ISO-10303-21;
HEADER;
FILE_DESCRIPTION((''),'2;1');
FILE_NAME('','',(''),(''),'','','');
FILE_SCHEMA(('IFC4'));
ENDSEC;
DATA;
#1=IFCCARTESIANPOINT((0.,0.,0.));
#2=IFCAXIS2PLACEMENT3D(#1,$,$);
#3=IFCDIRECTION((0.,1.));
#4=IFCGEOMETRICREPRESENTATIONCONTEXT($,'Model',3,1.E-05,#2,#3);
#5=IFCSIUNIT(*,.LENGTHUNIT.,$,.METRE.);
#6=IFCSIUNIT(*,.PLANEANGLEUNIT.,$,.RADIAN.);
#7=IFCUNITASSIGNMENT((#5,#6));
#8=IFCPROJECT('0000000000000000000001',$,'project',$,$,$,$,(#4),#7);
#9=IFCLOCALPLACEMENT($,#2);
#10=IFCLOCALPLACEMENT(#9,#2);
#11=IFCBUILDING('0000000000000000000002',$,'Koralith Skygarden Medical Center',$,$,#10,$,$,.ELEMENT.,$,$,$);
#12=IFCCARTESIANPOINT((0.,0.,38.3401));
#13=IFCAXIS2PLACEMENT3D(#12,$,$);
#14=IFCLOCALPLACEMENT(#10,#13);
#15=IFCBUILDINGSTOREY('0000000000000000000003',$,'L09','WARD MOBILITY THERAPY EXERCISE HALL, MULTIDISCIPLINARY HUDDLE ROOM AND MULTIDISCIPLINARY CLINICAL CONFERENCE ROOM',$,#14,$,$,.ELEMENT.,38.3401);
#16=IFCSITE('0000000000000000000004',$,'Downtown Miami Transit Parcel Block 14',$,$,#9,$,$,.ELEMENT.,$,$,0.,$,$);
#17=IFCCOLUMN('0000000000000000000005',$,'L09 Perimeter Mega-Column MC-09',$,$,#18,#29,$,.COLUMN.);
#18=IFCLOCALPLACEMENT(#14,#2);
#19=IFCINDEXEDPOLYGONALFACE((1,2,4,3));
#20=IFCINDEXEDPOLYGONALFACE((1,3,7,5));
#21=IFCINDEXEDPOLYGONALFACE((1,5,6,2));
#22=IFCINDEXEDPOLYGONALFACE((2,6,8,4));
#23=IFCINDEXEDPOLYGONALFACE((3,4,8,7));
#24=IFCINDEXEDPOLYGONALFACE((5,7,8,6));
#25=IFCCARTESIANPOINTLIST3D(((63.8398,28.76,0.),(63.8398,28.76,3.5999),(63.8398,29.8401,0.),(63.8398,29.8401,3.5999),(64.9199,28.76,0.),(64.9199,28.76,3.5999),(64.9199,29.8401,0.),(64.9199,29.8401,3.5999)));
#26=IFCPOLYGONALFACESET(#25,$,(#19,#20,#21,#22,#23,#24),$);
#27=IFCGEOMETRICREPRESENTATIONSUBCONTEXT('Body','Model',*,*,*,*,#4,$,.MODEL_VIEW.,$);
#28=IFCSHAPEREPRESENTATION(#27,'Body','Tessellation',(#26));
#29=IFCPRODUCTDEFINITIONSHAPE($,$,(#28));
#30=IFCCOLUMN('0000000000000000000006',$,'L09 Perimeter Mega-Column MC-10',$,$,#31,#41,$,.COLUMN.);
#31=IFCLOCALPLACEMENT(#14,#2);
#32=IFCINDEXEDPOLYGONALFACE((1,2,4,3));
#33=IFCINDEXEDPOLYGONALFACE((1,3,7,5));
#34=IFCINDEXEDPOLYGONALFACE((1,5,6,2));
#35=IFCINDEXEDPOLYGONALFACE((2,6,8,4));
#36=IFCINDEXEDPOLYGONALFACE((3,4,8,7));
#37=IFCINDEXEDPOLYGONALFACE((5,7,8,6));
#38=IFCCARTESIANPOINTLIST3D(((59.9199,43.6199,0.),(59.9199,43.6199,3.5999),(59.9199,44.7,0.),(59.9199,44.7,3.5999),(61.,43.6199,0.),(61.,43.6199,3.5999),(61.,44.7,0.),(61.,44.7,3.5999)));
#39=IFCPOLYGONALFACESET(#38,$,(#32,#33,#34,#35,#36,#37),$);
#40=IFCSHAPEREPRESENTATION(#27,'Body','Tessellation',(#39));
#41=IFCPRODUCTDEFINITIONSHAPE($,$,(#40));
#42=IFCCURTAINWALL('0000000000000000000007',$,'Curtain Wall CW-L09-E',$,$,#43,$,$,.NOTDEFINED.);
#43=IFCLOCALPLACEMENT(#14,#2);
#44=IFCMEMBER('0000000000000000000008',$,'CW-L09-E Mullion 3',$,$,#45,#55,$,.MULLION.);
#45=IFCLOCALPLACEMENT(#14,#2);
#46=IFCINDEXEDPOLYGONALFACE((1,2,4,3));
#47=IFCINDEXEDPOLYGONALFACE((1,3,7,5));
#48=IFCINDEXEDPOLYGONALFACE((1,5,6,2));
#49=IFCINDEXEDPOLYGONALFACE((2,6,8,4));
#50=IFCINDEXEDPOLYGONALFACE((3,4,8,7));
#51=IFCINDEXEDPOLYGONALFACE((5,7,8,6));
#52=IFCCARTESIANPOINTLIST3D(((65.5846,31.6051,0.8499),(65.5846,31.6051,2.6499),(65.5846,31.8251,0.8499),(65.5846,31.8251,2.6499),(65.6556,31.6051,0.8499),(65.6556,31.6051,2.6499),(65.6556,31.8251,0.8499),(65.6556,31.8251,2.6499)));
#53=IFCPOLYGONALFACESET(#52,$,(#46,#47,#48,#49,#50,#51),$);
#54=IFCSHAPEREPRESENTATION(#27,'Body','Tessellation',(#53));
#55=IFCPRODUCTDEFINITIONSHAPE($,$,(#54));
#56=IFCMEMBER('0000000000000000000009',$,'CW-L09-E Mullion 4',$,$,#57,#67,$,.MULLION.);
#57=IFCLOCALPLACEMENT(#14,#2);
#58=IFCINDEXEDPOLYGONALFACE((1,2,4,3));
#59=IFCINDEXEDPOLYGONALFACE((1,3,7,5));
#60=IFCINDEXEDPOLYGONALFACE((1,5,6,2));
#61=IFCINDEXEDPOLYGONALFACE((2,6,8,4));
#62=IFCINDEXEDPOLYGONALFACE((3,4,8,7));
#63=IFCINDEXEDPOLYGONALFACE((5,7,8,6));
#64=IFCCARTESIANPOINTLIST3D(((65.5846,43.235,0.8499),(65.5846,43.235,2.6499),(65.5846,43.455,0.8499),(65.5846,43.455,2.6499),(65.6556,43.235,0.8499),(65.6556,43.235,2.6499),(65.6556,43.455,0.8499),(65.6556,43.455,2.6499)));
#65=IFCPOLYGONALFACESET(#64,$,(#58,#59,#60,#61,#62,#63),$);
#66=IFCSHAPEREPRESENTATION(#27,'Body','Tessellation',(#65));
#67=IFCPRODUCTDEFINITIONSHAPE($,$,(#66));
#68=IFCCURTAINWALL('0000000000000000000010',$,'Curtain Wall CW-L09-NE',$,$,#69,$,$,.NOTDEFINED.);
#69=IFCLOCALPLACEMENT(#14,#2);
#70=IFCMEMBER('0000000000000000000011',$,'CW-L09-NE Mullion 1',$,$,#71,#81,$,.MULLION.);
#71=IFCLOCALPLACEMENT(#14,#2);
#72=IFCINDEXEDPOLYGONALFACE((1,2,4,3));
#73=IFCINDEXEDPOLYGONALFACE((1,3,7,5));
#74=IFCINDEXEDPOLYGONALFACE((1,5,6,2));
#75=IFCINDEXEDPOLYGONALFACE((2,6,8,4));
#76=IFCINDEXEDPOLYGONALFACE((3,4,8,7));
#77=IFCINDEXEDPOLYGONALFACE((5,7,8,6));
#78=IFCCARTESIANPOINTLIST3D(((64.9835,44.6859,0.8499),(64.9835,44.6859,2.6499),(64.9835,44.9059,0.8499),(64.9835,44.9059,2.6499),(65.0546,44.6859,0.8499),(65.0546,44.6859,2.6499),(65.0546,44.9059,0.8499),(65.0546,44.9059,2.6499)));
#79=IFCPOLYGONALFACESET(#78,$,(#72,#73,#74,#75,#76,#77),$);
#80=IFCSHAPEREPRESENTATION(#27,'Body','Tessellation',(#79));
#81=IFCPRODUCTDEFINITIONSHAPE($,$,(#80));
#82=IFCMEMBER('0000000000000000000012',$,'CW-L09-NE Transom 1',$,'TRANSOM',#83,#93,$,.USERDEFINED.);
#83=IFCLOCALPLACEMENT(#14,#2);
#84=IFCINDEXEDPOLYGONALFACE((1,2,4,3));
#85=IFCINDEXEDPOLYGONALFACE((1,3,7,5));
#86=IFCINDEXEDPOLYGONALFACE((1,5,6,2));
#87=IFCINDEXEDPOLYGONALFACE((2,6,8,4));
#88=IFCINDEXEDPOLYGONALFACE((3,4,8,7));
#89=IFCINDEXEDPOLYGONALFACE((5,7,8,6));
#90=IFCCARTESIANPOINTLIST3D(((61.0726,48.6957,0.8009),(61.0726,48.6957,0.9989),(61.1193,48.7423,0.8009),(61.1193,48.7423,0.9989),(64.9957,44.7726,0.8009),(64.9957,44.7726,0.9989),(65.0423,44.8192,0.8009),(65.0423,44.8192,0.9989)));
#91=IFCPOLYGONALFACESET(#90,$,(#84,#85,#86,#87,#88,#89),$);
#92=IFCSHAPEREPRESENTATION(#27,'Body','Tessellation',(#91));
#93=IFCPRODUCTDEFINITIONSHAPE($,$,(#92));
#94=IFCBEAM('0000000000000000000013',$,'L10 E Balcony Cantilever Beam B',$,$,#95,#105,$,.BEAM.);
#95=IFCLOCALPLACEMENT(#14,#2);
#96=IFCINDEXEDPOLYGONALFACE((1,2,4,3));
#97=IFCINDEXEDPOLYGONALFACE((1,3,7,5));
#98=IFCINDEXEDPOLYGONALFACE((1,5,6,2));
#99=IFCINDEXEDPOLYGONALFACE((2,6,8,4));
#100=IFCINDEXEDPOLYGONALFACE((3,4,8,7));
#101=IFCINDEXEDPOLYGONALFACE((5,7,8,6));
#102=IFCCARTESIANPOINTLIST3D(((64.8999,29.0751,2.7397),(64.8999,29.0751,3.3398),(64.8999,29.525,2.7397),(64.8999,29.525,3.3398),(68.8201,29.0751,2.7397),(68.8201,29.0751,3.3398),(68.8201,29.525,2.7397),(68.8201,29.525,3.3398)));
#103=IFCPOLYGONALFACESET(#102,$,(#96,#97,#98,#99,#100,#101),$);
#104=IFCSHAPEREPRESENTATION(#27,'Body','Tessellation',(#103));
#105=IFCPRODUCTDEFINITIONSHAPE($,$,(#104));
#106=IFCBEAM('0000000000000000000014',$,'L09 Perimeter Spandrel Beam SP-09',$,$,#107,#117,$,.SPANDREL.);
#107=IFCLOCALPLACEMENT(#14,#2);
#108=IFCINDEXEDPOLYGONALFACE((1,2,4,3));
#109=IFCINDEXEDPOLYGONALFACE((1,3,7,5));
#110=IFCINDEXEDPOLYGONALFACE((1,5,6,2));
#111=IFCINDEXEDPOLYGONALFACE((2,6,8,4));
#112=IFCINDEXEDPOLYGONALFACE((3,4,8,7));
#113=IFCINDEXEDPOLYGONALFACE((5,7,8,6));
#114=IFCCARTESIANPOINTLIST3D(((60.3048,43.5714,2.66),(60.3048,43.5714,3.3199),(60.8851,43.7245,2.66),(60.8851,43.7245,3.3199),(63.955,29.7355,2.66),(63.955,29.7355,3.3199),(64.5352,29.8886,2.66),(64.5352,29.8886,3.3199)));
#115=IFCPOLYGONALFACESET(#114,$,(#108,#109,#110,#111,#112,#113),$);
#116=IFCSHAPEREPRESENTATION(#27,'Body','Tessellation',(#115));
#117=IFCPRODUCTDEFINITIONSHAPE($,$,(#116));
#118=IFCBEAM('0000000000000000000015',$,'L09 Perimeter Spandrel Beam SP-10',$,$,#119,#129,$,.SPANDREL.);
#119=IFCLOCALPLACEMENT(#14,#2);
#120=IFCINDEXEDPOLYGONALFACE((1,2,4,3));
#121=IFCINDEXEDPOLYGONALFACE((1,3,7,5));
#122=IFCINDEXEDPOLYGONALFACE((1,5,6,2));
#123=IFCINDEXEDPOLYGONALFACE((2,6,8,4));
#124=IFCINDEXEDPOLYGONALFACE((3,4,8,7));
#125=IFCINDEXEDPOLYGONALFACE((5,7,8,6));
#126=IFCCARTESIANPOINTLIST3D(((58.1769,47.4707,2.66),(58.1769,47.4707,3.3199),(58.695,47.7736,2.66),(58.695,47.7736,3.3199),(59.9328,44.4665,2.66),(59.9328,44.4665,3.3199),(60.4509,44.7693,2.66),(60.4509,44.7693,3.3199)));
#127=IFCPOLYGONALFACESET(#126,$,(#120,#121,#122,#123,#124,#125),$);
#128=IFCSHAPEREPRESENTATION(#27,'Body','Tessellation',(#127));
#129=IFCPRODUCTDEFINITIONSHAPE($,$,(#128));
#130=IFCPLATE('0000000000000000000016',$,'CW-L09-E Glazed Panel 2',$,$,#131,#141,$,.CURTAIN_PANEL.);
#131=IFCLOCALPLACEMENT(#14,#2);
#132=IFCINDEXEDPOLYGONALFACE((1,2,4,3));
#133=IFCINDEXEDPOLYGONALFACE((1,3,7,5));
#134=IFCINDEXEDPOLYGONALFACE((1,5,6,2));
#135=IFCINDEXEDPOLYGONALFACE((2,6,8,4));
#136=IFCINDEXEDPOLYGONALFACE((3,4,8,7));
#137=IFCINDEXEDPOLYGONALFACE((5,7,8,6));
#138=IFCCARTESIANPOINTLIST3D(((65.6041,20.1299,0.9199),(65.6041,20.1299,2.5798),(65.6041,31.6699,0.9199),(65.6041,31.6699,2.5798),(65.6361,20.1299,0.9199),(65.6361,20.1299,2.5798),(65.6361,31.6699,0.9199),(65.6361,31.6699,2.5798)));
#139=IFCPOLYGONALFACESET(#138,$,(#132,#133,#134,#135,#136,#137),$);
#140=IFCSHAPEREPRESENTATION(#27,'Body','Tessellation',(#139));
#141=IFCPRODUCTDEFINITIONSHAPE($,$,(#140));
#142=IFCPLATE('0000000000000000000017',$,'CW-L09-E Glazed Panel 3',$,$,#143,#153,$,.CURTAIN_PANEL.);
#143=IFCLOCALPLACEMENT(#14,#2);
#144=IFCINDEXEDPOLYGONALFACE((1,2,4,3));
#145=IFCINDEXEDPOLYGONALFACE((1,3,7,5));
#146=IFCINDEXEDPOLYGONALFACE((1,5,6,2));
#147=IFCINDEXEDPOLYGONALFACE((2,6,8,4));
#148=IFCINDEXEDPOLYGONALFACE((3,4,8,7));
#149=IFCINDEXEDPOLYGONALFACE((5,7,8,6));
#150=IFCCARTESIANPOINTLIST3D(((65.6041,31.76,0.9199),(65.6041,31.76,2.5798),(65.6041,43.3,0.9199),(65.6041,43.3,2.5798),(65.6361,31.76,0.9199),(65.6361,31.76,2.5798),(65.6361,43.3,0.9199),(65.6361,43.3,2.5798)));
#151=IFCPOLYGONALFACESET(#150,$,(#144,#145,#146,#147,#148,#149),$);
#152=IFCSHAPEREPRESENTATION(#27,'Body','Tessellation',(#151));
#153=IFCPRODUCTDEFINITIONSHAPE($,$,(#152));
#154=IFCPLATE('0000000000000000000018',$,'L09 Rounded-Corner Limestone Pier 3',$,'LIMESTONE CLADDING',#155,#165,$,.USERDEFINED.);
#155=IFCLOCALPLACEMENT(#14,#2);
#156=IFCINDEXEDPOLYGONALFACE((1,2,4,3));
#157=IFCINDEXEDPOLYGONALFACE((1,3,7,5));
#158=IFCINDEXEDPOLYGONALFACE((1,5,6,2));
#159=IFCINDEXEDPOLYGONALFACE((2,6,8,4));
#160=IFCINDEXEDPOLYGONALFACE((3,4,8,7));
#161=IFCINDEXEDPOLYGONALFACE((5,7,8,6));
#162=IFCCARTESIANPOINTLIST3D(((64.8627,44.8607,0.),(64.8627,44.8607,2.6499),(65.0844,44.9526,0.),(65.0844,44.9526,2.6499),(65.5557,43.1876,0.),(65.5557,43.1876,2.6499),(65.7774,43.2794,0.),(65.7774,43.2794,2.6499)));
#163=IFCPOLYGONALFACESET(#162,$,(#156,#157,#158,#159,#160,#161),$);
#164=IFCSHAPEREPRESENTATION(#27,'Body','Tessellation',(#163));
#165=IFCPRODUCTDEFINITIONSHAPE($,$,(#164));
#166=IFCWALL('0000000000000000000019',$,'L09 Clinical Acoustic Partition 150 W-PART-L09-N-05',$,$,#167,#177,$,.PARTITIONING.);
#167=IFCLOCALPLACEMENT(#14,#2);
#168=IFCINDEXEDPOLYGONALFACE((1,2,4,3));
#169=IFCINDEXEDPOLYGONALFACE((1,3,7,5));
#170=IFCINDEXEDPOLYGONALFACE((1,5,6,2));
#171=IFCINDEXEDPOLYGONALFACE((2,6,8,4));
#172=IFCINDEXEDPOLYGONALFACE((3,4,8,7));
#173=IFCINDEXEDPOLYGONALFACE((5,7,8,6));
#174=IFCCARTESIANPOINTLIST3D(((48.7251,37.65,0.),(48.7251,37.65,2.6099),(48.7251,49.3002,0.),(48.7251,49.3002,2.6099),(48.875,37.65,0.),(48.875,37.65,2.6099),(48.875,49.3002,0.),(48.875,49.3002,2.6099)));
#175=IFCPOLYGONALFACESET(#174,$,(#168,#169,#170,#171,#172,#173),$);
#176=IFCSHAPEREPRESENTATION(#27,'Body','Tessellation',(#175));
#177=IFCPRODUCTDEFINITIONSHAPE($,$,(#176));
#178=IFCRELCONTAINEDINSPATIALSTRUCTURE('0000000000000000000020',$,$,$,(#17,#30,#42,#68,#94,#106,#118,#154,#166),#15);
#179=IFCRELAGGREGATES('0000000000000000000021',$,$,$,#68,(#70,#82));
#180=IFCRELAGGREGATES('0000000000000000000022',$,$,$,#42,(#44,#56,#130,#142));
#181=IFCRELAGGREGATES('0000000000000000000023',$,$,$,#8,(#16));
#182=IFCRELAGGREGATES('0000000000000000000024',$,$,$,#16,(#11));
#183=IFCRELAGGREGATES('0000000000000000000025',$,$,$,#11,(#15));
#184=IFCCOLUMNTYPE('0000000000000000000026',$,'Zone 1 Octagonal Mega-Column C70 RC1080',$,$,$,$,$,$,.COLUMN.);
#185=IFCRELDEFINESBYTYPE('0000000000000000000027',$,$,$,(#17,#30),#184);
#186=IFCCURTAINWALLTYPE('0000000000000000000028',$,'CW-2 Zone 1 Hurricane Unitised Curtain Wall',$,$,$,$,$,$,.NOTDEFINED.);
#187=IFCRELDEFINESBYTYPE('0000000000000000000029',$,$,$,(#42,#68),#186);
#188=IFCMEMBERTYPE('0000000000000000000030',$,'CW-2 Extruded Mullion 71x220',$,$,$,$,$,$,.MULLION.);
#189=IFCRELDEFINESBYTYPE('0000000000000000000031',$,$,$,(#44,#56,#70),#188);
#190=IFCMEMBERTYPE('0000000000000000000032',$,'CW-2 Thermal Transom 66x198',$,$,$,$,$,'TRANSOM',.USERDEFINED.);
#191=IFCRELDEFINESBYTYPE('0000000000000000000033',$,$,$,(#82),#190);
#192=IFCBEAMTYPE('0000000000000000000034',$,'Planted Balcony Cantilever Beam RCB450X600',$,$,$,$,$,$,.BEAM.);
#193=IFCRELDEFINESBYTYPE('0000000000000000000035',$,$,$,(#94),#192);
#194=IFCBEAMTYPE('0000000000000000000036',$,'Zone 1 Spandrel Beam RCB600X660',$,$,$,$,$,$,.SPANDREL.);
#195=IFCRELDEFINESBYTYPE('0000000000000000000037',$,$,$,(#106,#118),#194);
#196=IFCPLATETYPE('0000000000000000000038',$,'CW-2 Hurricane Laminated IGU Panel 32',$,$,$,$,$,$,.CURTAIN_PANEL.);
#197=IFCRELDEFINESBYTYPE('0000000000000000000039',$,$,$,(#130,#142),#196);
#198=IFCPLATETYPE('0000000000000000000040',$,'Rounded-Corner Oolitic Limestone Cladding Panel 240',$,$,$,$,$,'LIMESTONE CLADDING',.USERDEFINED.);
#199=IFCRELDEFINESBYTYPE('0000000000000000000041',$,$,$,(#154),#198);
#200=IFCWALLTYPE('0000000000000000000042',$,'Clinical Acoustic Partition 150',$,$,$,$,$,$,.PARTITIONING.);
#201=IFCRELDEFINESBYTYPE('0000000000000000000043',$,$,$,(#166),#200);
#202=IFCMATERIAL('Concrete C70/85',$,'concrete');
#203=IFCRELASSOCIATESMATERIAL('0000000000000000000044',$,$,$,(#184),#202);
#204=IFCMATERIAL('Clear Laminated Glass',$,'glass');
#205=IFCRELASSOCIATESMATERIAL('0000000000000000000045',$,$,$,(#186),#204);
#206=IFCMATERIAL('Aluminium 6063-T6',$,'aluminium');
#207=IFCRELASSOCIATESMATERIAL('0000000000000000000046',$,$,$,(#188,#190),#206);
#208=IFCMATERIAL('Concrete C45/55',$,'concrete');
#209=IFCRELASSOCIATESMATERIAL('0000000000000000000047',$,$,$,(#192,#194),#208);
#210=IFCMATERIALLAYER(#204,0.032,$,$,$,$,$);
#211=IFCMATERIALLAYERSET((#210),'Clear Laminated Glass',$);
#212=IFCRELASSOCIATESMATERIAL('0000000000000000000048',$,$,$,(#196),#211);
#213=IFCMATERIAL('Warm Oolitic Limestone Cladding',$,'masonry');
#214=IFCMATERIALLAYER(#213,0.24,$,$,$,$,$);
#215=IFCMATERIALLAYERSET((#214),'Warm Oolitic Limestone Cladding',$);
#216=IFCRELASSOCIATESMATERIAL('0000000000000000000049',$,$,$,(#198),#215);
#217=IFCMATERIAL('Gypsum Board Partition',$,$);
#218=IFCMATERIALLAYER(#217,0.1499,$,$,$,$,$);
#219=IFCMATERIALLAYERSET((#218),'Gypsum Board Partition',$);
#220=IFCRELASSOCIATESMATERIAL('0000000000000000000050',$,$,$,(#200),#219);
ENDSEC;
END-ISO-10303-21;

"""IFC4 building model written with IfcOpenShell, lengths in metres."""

from ifc_helpers import new_model, si_unit, direction, frame, frame_2d, origin, origin_2d, place, context, subcontext, project, spatial, rectangle, extrude, material, layer, layer_set, material_profile, profile_set, type_object, element, aggregate, save


model = new_model("IFC4")

# Units and contexts
model_context = context("Model", 3, precision=1e-05, world=origin(), true_north=direction((0.0, 1.0)))
body_context = subcontext(model_context, "Body", "Model", "MODEL_VIEW")
ifc_project = project(units=[si_unit("LENGTHUNIT", "METRE"), si_unit("PLANEANGLEUNIT", "RADIAN")], contexts=[model_context])

# Site, building, storey
site_placement = place(None, origin())
site = spatial("IfcSite", under=ifc_project, at=site_placement, Name="Downtown Miami Transit Parcel Block 14", CompositionType="ELEMENT", RefElevation=0.0)
building_placement = place(site_placement, origin())
building = spatial("IfcBuilding", under=site, at=building_placement, Name="Koralith Skygarden Medical Center", CompositionType="ELEMENT")
storey_placement = place(building_placement, frame((0.0, 0.0, 38.3401)))
storey = spatial("IfcBuildingStorey", under=building, at=storey_placement, Name="L09", Description="WARD MOBILITY THERAPY EXERCISE HALL, MULTIDISCIPLINARY HUDDLE ROOM AND MULTIDISCIPLINARY CLINICAL CONFERENCE ROOM", CompositionType="ELEMENT", Elevation=38.3401)

# Columns
ifc_material_1 = material(Name="Concrete C70/85", Category="concrete")
ifc_material_profile_1 = material_profile(ifc_material_1, rectangle(XDim=1.0801, YDim=1.0801, at=origin_2d()), Name="RC1080X1080")
ifc_profile_set_1 = profile_set([ifc_material_profile_1], Name="Concrete C70/85")
column_type = type_object("IfcColumnType", Name="Zone 1 Octagonal Mega-Column C70 RC1080", PredefinedType="COLUMN", material=ifc_profile_set_1)
for number, where, z_axis, x_axis, name in (
    (1, (64.3799, 29.3, 0.0), (0.0, 0.0, 1.0), (1.0, 0.0, 0.0), "L09 Perimeter Mega-Column MC-09"),
    (2, (60.46, 44.1599, 0.0), (0.0, 0.0, 1.0), (1.0, 0.0, 0.0), "L09 Perimeter Mega-Column MC-10"),
):
    element("IfcColumn", number, at=place(storey_placement, frame(where, z_axis=z_axis, x_axis=x_axis)), inside=storey, type_object=column_type, Name=name, PredefinedType="COLUMN", context=body_context, shape_type="SweptSolid", body=[
        extrude(rectangle(XDim=1.0801, YDim=1.0801, at=origin_2d()), origin(), (0.0, 0.0, 1.0), 3.5999),
    ])

# Curtain walls, members
ifc_material_2 = material(Name="Clear Laminated Glass", Category="glass")
curtain_wall_type = type_object("IfcCurtainWallType", Name="CW-2 Zone 1 Hurricane Unitised Curtain Wall", PredefinedType="NOTDEFINED", material=ifc_material_2)
curtain_wall_1_placement = place(storey_placement, origin())
curtain_wall_1 = element("IfcCurtainWall", 3, at=curtain_wall_1_placement, inside=storey, type_object=curtain_wall_type, Name="Curtain Wall CW-L09-E", PredefinedType="NOTDEFINED")
ifc_material_3 = material(Name="Aluminium 6063-T6", Category="aluminium")
ifc_material_profile_2 = material_profile(ifc_material_3, rectangle(XDim=0.071, YDim=0.22, at=origin_2d()), Name="MUL71X220")
ifc_profile_set_2 = profile_set([ifc_material_profile_2], Name="Aluminium 6063-T6")
member_type_1 = type_object("IfcMemberType", Name="CW-2 Extruded Mullion 71x220", PredefinedType="MULLION", material=ifc_profile_set_2)
member_1_placement = place(storey_placement, frame((65.6201, 31.7151, 0.8499), z_axis=(0.0, 0.0, 1.0), x_axis=(1.0, 0.0, 0.0)))
member_1 = element("IfcMember", 4, at=member_1_placement, type_object=member_type_1, Name="CW-L09-E Mullion 3", PredefinedType="MULLION", context=body_context, shape_type="SweptSolid", body=[
    extrude(rectangle(XDim=0.071, YDim=0.22, at=origin_2d()), origin(), (0.0, 0.0, 1.0), 1.8),
])
member_2_placement = place(storey_placement, frame((65.6201, 43.345, 0.8499), z_axis=(0.0, 0.0, 1.0), x_axis=(1.0, 0.0, 0.0)))
member_2 = element("IfcMember", 5, at=member_2_placement, type_object=member_type_1, Name="CW-L09-E Mullion 4", PredefinedType="MULLION", context=body_context, shape_type="SweptSolid", body=[
    extrude(rectangle(XDim=0.071, YDim=0.22, at=origin_2d()), origin(), (0.0, 0.0, 1.0), 1.8),
])
curtain_wall_2_placement = place(storey_placement, origin())
curtain_wall_2 = element("IfcCurtainWall", 6, at=curtain_wall_2_placement, inside=storey, type_object=curtain_wall_type, Name="Curtain Wall CW-L09-NE", PredefinedType="NOTDEFINED")
member_3_placement = place(storey_placement, frame((65.019, 44.7959, 0.8499), z_axis=(0.0, 0.0, 1.0), x_axis=(1.0, 0.0, 0.0)))
member_3 = element("IfcMember", 7, at=member_3_placement, type_object=member_type_1, Name="CW-L09-NE Mullion 1", PredefinedType="MULLION", context=body_context, shape_type="SweptSolid", body=[
    extrude(rectangle(XDim=0.071, YDim=0.22, at=origin_2d()), origin(), (0.0, 0.0, 1.0), 1.8),
])
ifc_material_profile_3 = material_profile(ifc_material_3, rectangle(XDim=0.0659, YDim=0.198, at=origin_2d()), Name="TRN66X198")
ifc_profile_set_3 = profile_set([ifc_material_profile_3], Name="Aluminium 6063-T6")
member_type_2 = type_object("IfcMemberType", Name="CW-2 Thermal Transom 66x198", ElementType="TRANSOM", PredefinedType="USERDEFINED", material=ifc_profile_set_3)
member_4_placement = place(storey_placement, frame((65.019, 44.7959, 0.8999), z_axis=(-0.707107, 0.707107, 0.0), x_axis=(-0.707107, -0.707107, 0.0)))
member_4 = element("IfcMember", 8, at=member_4_placement, type_object=member_type_2, Name="CW-L09-NE Transom 1", ObjectType="TRANSOM", PredefinedType="USERDEFINED", context=body_context, shape_type="SweptSolid", body=[
    extrude(rectangle(XDim=0.0659, YDim=0.198, at=origin_2d()), origin(), (0.0, 0.0, 1.0), 5.5481),
])
aggregate(curtain_wall_2, [member_3, member_4])

# Beams
ifc_material_4 = material(Name="Concrete C45/55", Category="concrete")
ifc_material_profile_4 = material_profile(ifc_material_4, rectangle(XDim=0.45, YDim=0.6001, at=origin_2d()), Name="RCB450X600")
ifc_profile_set_4 = profile_set([ifc_material_profile_4], Name="Concrete C45/55")
beam_type_1 = type_object("IfcBeamType", Name="Planted Balcony Cantilever Beam RCB450X600", PredefinedType="BEAM", material=ifc_profile_set_4)
beam_1_placement = place(storey_placement, frame((64.8999, 29.3, 3.0398), z_axis=(1.0, 0.0, 0.0), x_axis=(0.0, 1.0, 0.0)))
element("IfcBeam", 9, at=beam_1_placement, inside=storey, type_object=beam_type_1, Name="L10 E Balcony Cantilever Beam B", PredefinedType="BEAM", context=body_context, shape_type="SweptSolid", body=[
    extrude(rectangle(XDim=0.45, YDim=0.6001, at=origin_2d()), origin(), (0.0, 0.0, 1.0), 3.9202),
])
ifc_material_profile_5 = material_profile(ifc_material_4, rectangle(XDim=0.6001, YDim=0.6599, at=origin_2d()), Name="RCB600X660")
ifc_profile_set_5 = profile_set([ifc_material_profile_5], Name="Concrete C45/55")
beam_type_2 = type_object("IfcBeamType", Name="Zone 1 Spandrel Beam RCB600X660", PredefinedType="SPANDREL", material=ifc_profile_set_5)
beam_2_placement = place(storey_placement, frame((64.2451, 29.812, 2.99), z_axis=(-0.255089, 0.966918, 0.0), x_axis=(-0.966918, -0.255089, 0.0)))
element("IfcBeam", 10, at=beam_2_placement, inside=storey, type_object=beam_type_2, Name="L09 Perimeter Spandrel Beam SP-09", PredefinedType="SPANDREL", context=body_context, shape_type="SweptSolid", body=[
    extrude(rectangle(XDim=0.6001, YDim=0.6599, at=origin_2d()), origin(), (0.0, 0.0, 1.0), 14.3093),
])
beam_3_placement = place(storey_placement, frame((60.1919, 44.6179, 2.99), z_axis=(-0.504608, 0.863349, 0.0), x_axis=(-0.863349, -0.504608, 0.0)))
element("IfcBeam", 11, at=beam_3_placement, inside=storey, type_object=beam_type_2, Name="L09 Perimeter Spandrel Beam SP-10", PredefinedType="SPANDREL", context=body_context, shape_type="SweptSolid", body=[
    extrude(rectangle(XDim=0.6001, YDim=0.6599, at=origin_2d()), origin(), (0.0, 0.0, 1.0), 3.4797),
])

# Plates
ifc_layer_1 = layer(ifc_material_2, 0.032)
ifc_layer_set_1 = layer_set([ifc_layer_1], Name="Clear Laminated Glass")
plate_type_1 = type_object("IfcPlateType", Name="CW-2 Hurricane Laminated IGU Panel 32", PredefinedType="CURTAIN_PANEL", material=ifc_layer_set_1)
plate_1_placement = place(storey_placement, frame((65.6201, 25.8999, 0.9199), z_axis=(0.0, 0.0, 1.0), x_axis=(0.0, 1.0, 0.0)))
plate_1 = element("IfcPlate", 12, at=plate_1_placement, type_object=plate_type_1, Name="CW-L09-E Glazed Panel 2", PredefinedType="CURTAIN_PANEL", context=body_context, shape_type="SweptSolid", body=[
    extrude(rectangle(XDim=11.54, YDim=0.032, at=origin_2d()), origin(), (0.0, 0.0, 1.0), 1.6599),
])
plate_2_placement = place(storey_placement, frame((65.6201, 37.53, 0.9199), z_axis=(0.0, 0.0, 1.0), x_axis=(0.0, 1.0, 0.0)))
plate_2 = element("IfcPlate", 13, at=plate_2_placement, type_object=plate_type_1, Name="CW-L09-E Glazed Panel 3", PredefinedType="CURTAIN_PANEL", context=body_context, shape_type="SweptSolid", body=[
    extrude(rectangle(XDim=11.54, YDim=0.032, at=origin_2d()), origin(), (0.0, 0.0, 1.0), 1.6599),
])
aggregate(curtain_wall_1, [member_1, member_2, plate_1, plate_2])
ifc_material_5 = material(Name="Warm Oolitic Limestone Cladding", Category="masonry")
ifc_layer_2 = layer(ifc_material_5, 0.24)
ifc_layer_set_2 = layer_set([ifc_layer_2], Name="Warm Oolitic Limestone Cladding")
plate_type_2 = type_object("IfcPlateType", Name="Rounded-Corner Oolitic Limestone Cladding Panel 240", ElementType="LIMESTONE CLADDING", PredefinedType="USERDEFINED", material=ifc_layer_set_2)
plate_3_placement = place(storey_placement, frame((65.3201, 44.0701, 0.0), z_axis=(0.0, 0.0, 1.0), x_axis=(-0.382671, 0.923885, 0.0)))
element("IfcPlate", 14, at=plate_3_placement, inside=storey, type_object=plate_type_2, Name="L09 Rounded-Corner Limestone Pier 3", ObjectType="LIMESTONE CLADDING", PredefinedType="USERDEFINED", context=body_context, shape_type="SweptSolid", body=[
    extrude(rectangle(XDim=1.811, YDim=0.24, at=origin_2d()), origin(), (0.0, 0.0, 1.0), 2.6499),
])

# Wall
ifc_material_6 = material(Name="Gypsum Board Partition")
ifc_layer_3 = layer(ifc_material_6, 0.1499)
ifc_layer_set_3 = layer_set([ifc_layer_3], Name="Gypsum Board Partition")
wall_type_1 = type_object("IfcWallType", Name="Clinical Acoustic Partition 150", PredefinedType="PARTITIONING", material=ifc_layer_set_3)
wall_1_placement = place(storey_placement, frame((48.8, 37.6499, 0.0), z_axis=(0.0, 0.0, 1.0), x_axis=(0.0, 1.0, 0.0)))
element("IfcWall", 15, at=wall_1_placement, inside=storey, type_object=wall_type_1, Name="L09 Clinical Acoustic Partition 150 W-PART-L09-N-05", PredefinedType="PARTITIONING", context=body_context, shape_type="SweptSolid", body=[
    extrude(rectangle(XDim=11.6501, YDim=0.1499, at=frame_2d((5.8252, 0.0))), origin(), (0.0, 0.0, 1.0), 2.6099),
])

save(model, "model.ifc")
